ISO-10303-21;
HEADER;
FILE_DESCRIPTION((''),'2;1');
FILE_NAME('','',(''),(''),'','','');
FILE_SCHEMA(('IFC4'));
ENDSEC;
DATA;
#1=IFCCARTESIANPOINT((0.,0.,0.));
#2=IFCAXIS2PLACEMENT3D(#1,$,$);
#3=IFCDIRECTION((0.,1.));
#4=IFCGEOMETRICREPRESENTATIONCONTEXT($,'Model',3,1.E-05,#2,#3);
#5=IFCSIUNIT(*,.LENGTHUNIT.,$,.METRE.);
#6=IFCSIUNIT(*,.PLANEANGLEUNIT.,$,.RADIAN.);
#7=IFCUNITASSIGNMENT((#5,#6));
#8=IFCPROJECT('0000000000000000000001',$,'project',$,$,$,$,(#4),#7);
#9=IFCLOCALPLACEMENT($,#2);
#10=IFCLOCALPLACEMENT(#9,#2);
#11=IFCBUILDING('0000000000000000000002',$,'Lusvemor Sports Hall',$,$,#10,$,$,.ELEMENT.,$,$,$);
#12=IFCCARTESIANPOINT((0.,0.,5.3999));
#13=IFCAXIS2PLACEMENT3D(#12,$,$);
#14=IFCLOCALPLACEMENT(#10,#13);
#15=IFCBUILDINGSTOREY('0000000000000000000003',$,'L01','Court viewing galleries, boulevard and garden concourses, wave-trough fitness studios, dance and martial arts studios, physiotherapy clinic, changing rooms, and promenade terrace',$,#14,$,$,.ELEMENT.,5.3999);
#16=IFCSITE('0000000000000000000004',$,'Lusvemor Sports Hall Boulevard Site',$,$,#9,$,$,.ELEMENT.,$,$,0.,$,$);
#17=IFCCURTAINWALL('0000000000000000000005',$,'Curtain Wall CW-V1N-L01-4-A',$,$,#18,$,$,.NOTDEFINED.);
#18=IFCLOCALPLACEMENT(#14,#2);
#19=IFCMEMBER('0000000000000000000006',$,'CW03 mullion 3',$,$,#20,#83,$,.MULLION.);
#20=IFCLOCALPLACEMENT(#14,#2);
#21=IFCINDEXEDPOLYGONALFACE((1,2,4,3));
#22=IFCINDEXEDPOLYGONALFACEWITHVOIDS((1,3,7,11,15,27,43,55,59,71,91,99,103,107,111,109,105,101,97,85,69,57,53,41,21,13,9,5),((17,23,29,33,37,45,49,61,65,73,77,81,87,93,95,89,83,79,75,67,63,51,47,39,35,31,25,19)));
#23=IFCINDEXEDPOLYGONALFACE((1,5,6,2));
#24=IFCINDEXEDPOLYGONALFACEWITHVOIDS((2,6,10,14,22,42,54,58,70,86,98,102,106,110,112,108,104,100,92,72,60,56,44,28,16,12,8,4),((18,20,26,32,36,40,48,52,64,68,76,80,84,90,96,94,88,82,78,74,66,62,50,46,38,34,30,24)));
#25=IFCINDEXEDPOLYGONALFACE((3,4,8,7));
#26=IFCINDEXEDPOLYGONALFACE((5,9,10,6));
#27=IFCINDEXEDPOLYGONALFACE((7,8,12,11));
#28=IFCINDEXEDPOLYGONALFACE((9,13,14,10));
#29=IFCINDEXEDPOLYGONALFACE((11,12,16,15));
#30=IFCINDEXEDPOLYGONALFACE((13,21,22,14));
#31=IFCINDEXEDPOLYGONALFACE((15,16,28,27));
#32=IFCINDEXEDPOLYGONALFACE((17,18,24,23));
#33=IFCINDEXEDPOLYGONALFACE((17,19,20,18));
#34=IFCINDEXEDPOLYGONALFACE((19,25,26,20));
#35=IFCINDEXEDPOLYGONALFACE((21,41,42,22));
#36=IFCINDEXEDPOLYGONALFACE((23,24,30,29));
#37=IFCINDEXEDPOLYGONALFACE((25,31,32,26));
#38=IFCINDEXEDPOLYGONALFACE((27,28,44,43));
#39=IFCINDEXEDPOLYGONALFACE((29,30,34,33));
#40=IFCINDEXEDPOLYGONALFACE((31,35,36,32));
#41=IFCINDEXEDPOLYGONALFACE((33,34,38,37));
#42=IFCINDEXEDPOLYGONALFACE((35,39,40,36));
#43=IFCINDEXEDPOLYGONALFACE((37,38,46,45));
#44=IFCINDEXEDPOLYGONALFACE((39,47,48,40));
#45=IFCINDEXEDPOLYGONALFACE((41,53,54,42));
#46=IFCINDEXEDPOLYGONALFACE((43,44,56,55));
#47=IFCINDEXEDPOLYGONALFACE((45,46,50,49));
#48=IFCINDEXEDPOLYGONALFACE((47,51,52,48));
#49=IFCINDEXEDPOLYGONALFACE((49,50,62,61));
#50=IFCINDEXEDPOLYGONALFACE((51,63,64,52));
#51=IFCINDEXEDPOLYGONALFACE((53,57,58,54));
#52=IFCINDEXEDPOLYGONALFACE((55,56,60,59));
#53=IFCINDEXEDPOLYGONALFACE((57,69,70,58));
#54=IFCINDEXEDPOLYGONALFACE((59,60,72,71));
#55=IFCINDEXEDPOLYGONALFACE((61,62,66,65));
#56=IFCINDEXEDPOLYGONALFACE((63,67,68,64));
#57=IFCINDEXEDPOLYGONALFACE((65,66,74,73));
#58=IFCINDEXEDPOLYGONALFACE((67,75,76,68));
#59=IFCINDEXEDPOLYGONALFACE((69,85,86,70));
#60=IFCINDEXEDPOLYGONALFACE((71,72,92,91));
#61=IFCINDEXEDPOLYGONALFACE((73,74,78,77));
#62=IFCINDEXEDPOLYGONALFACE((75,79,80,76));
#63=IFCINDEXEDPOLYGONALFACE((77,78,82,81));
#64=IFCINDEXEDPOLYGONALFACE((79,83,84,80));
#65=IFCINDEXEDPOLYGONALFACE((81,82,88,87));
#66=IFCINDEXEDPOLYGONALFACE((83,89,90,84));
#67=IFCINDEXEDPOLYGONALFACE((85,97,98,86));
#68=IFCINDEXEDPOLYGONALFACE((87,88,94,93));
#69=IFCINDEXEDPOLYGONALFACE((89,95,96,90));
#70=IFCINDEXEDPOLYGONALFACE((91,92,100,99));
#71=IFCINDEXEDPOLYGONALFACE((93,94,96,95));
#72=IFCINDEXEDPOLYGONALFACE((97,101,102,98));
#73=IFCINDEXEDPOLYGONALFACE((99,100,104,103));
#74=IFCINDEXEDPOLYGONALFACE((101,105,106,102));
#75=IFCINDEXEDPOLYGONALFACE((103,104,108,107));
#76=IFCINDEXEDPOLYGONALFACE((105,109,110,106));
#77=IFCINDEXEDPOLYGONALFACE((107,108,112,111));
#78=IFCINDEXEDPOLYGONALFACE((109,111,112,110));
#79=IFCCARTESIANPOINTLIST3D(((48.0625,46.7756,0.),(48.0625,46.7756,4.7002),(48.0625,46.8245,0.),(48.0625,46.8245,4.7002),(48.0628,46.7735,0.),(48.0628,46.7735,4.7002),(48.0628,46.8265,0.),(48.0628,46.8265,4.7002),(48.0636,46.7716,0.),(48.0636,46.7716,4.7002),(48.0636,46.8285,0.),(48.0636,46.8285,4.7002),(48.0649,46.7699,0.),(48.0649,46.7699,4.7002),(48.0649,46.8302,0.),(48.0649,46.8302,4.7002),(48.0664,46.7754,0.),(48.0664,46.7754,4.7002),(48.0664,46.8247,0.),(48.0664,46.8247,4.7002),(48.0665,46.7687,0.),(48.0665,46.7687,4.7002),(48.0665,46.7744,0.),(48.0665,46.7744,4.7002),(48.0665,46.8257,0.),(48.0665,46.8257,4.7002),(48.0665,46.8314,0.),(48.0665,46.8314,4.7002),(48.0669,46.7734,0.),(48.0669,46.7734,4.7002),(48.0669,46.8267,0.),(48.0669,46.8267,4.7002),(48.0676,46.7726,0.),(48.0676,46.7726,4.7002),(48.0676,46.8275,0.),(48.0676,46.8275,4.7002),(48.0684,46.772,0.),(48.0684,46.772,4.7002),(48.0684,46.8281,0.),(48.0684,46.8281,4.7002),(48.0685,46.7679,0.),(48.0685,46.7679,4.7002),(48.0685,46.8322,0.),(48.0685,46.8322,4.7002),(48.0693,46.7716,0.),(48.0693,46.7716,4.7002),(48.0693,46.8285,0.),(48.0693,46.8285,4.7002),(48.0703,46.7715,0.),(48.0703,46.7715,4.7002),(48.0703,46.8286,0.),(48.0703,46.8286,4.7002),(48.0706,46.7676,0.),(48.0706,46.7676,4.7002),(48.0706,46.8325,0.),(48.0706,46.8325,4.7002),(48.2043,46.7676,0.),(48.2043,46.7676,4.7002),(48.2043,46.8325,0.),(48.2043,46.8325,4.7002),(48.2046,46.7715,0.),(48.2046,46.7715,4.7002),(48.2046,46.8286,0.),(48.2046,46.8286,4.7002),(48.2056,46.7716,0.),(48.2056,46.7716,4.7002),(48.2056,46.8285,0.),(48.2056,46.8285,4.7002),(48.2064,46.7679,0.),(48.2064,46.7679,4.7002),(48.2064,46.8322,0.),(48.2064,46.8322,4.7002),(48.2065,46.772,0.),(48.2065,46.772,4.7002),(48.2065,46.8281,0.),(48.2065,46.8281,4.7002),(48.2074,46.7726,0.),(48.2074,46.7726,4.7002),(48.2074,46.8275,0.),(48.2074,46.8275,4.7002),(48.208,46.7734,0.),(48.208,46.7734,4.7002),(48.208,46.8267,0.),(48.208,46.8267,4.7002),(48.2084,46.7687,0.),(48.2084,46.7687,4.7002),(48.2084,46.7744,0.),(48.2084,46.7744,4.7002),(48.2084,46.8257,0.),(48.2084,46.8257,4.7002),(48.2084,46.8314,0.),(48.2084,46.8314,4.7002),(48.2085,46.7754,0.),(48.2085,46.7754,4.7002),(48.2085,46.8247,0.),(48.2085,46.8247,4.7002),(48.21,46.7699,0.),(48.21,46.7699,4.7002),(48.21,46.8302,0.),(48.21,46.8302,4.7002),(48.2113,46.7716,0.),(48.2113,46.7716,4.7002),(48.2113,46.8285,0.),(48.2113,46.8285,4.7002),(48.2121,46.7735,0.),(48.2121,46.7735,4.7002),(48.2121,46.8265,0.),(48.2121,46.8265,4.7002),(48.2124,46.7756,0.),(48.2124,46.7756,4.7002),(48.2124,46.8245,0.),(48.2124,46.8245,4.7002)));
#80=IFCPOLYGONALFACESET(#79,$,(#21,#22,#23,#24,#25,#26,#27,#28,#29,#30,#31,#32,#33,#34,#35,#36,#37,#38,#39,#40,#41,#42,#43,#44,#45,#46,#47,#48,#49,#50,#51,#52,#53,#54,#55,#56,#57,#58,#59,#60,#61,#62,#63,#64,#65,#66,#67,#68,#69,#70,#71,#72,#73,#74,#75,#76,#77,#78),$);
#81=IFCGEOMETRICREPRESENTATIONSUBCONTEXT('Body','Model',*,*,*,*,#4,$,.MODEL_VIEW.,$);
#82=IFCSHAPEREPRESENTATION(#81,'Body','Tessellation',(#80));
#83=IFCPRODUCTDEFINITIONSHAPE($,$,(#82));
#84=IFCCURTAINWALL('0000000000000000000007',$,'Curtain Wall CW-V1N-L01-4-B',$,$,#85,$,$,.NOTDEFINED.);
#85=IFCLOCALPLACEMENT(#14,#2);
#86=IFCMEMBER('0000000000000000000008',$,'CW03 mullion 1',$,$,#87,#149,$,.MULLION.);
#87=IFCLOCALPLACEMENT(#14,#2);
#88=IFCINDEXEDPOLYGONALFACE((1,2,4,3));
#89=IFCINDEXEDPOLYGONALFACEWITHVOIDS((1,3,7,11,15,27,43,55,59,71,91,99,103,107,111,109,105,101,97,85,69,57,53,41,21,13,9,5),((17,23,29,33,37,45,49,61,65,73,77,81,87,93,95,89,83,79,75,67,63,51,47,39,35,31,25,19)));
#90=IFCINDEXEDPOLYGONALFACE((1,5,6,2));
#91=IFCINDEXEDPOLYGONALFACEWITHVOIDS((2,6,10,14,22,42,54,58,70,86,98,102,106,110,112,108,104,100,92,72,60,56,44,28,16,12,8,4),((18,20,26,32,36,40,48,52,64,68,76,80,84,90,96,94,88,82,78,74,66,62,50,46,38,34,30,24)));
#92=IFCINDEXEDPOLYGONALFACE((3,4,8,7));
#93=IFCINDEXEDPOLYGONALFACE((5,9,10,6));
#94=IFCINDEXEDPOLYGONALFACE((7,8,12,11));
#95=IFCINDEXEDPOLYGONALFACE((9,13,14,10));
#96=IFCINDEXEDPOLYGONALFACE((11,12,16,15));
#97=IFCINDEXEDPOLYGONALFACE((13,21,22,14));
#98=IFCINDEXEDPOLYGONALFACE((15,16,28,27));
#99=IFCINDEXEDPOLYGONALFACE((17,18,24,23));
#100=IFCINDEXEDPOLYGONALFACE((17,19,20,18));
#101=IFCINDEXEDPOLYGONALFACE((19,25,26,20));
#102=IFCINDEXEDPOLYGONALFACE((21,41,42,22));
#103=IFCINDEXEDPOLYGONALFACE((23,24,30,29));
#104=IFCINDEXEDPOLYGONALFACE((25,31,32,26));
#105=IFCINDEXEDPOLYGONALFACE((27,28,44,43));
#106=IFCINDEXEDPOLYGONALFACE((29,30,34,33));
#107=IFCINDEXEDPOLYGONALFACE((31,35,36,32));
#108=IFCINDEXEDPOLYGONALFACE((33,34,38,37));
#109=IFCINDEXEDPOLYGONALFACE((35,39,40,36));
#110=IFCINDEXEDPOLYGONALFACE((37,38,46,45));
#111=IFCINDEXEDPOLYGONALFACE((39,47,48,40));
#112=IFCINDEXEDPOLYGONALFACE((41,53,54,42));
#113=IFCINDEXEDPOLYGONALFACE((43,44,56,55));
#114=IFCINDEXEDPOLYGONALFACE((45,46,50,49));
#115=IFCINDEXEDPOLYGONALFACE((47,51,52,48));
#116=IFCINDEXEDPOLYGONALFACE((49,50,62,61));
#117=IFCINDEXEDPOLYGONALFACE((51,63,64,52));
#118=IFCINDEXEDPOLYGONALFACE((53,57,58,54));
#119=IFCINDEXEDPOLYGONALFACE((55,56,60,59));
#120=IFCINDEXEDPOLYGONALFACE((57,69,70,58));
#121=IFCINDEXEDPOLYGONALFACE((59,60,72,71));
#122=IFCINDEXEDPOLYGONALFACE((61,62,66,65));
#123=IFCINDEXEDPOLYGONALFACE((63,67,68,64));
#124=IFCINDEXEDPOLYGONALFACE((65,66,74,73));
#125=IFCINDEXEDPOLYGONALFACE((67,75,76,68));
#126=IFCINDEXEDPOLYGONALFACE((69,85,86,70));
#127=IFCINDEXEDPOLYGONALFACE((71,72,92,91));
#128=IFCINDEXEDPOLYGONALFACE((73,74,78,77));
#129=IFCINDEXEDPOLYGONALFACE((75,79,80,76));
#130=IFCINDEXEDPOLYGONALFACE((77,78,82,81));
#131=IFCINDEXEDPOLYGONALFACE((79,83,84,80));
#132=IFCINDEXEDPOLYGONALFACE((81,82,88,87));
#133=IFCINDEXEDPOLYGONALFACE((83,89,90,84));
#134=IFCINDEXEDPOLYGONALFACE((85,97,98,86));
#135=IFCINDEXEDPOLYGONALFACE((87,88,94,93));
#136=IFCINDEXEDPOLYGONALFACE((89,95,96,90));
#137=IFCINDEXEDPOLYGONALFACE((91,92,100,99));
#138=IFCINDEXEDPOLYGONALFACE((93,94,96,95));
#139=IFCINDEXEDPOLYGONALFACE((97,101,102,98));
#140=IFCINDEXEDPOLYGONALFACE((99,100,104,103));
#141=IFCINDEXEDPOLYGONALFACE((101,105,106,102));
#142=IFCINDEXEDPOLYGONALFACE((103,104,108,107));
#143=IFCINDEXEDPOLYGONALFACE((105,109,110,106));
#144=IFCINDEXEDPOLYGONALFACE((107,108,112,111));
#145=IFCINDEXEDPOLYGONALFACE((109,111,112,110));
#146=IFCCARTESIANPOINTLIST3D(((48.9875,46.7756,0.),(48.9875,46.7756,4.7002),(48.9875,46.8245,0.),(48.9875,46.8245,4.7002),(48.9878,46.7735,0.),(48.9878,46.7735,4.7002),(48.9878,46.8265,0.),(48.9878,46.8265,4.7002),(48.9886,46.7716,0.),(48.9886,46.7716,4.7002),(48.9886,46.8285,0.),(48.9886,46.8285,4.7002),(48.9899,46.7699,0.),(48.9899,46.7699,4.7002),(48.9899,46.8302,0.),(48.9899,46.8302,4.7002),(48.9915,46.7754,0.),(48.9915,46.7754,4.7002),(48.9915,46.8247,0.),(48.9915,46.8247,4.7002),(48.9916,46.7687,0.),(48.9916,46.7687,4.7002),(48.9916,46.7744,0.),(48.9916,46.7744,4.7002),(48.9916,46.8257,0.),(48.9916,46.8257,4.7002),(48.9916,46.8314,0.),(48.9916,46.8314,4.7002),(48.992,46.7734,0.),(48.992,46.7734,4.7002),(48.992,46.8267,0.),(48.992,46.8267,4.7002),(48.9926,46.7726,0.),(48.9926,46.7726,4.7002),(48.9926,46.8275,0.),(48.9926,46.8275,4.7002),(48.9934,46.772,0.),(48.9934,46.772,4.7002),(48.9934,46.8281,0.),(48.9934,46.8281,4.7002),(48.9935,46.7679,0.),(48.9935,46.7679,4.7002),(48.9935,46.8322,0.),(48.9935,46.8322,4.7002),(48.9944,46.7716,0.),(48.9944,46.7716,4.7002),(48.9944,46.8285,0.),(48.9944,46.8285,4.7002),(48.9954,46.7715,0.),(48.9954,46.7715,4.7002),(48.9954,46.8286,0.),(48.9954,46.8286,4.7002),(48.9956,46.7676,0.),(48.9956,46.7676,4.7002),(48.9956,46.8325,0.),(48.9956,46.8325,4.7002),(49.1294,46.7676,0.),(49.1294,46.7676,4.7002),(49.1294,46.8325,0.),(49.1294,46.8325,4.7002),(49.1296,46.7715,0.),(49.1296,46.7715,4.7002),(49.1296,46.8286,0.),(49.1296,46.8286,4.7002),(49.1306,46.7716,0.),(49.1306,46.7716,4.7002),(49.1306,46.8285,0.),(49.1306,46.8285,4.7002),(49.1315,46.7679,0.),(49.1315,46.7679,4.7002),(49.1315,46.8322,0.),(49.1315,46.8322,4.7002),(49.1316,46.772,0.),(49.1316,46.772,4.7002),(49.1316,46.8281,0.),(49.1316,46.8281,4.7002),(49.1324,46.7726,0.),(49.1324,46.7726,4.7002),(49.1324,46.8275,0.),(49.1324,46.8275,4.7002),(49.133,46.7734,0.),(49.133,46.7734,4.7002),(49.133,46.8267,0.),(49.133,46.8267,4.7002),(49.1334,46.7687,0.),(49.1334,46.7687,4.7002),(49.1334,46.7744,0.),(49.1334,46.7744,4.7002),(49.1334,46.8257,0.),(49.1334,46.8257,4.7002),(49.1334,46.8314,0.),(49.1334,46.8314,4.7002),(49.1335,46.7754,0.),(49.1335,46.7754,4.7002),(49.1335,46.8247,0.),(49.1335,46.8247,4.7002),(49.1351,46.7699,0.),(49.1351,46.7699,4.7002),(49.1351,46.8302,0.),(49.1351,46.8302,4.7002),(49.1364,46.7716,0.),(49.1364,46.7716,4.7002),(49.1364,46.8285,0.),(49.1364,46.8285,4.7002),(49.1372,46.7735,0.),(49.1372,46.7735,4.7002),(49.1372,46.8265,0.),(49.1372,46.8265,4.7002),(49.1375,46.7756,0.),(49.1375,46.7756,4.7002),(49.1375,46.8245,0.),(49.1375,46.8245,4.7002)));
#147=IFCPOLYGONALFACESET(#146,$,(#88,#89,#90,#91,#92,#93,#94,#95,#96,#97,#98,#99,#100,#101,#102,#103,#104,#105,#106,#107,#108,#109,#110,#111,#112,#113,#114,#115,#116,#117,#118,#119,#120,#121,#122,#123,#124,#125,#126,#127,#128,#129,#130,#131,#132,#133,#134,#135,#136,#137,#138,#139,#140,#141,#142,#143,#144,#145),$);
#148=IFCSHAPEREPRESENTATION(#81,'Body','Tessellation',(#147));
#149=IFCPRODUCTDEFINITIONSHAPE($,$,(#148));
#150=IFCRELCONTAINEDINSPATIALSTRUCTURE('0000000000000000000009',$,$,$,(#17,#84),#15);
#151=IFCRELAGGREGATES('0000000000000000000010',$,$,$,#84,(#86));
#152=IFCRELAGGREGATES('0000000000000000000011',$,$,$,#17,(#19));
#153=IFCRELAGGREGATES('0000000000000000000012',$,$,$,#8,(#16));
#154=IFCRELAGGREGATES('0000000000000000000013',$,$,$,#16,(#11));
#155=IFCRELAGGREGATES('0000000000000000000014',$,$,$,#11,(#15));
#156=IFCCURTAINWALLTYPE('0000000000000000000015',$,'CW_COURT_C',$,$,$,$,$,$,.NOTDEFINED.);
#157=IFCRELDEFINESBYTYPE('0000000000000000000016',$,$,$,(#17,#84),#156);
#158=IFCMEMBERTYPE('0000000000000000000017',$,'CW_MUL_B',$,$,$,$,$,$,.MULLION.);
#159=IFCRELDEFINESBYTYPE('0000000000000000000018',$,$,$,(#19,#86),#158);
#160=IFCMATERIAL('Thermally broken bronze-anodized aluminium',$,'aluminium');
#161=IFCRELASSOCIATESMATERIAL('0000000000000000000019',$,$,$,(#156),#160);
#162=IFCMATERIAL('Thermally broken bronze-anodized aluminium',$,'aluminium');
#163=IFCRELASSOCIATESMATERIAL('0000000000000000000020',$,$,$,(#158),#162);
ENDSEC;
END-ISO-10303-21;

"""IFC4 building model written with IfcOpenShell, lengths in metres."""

from ifc_helpers import new_model, si_unit, direction, frame, origin, origin_2d, place, context, subcontext, project, spatial, hollow_rectangle, extrude, material, material_profile, profile_set, type_object, element, aggregate, save


model = new_model("IFC4")

# Units and contexts
model_context = context("Model", 3, precision=1e-05, world=origin(), true_north=direction((0.0, 1.0)))
body_context = subcontext(model_context, "Body", "Model", "MODEL_VIEW")
ifc_project = project(units=[si_unit("LENGTHUNIT", "METRE"), si_unit("PLANEANGLEUNIT", "RADIAN")], contexts=[model_context])

# Site, building, storey
site_placement = place(None, origin())
site = spatial("IfcSite", under=ifc_project, at=site_placement, Name="Lusvemor Sports Hall Boulevard Site", CompositionType="ELEMENT", RefElevation=0.0)
building_placement = place(site_placement, origin())
building = spatial("IfcBuilding", under=site, at=building_placement, Name="Lusvemor Sports Hall", CompositionType="ELEMENT")
storey_placement = place(building_placement, frame((0.0, 0.0, 5.3999)))
storey = spatial("IfcBuildingStorey", under=building, at=storey_placement, Name="L01", Description="Court viewing galleries, boulevard and garden concourses, wave-trough fitness studios, dance and martial arts studios, physiotherapy clinic, changing rooms, and promenade terrace", CompositionType="ELEMENT", Elevation=5.3999)

# Curtain wall, member
ifc_material_1 = material(Name="Thermally broken bronze-anodized aluminium", Category="aluminium")
curtain_wall_type = type_object("IfcCurtainWallType", Name="CW_COURT_C", PredefinedType="NOTDEFINED", material=ifc_material_1)
curtain_wall_1_placement = place(storey_placement, origin())
curtain_wall_1 = element("IfcCurtainWall", 1, at=curtain_wall_1_placement, inside=storey, type_object=curtain_wall_type, Name="Curtain Wall CW-V1N-L01-4-A", PredefinedType="NOTDEFINED")
ifc_material_2 = material(Name="Thermally broken bronze-anodized aluminium", Category="aluminium")
ifc_material_profile_1 = material_profile(ifc_material_2, hollow_rectangle(XDim=0.0649, YDim=0.1499, WallThickness=0.0039, InnerFilletRadius=0.0039, OuterFilletRadius=0.0081, at=origin_2d()), Name="CWMUL150x65x4")
ifc_profile_set_1 = profile_set([ifc_material_profile_1], Name="Thermally broken bronze-anodized aluminium")
member_type_1 = type_object("IfcMemberType", Name="CW_MUL_B", PredefinedType="MULLION", material=ifc_profile_set_1)
member_1_placement = place(storey_placement, frame((48.1375, 46.8, 0.0), z_axis=(0.0, 0.0, 1.0), x_axis=(0.0, 1.0, 0.0)))
member_1 = element("IfcMember", 2, at=member_1_placement, type_object=member_type_1, Name="CW03 mullion 3", PredefinedType="MULLION", context=body_context, shape_type="SweptSolid", body=[
    extrude(hollow_rectangle(XDim=0.0649, YDim=0.1499, WallThickness=0.0039, InnerFilletRadius=0.0039, OuterFilletRadius=0.0081, at=origin_2d()), origin(), (0.0, 0.0, 1.0), 4.7002),
])

# Curtain wall, member
curtain_wall_2_placement = place(storey_placement, origin())
curtain_wall_2 = element("IfcCurtainWall", 3, at=curtain_wall_2_placement, inside=storey, type_object=curtain_wall_type, Name="Curtain Wall CW-V1N-L01-4-B", PredefinedType="NOTDEFINED")
member_2_placement = place(storey_placement, frame((49.0625, 46.8, 0.0), z_axis=(0.0, 0.0, 1.0), x_axis=(0.0, 1.0, 0.0)))
member_2 = element("IfcMember", 4, at=member_2_placement, type_object=member_type_1, Name="CW03 mullion 1", PredefinedType="MULLION", context=body_context, shape_type="SweptSolid", body=[
    extrude(hollow_rectangle(XDim=0.0649, YDim=0.1499, WallThickness=0.0039, InnerFilletRadius=0.0039, OuterFilletRadius=0.0081, at=origin_2d()), origin(), (0.0, 0.0, 1.0), 4.7002),
])

aggregate(curtain_wall_2, [member_2])

aggregate(curtain_wall_1, [member_1])

save(model, "model.ifc")
